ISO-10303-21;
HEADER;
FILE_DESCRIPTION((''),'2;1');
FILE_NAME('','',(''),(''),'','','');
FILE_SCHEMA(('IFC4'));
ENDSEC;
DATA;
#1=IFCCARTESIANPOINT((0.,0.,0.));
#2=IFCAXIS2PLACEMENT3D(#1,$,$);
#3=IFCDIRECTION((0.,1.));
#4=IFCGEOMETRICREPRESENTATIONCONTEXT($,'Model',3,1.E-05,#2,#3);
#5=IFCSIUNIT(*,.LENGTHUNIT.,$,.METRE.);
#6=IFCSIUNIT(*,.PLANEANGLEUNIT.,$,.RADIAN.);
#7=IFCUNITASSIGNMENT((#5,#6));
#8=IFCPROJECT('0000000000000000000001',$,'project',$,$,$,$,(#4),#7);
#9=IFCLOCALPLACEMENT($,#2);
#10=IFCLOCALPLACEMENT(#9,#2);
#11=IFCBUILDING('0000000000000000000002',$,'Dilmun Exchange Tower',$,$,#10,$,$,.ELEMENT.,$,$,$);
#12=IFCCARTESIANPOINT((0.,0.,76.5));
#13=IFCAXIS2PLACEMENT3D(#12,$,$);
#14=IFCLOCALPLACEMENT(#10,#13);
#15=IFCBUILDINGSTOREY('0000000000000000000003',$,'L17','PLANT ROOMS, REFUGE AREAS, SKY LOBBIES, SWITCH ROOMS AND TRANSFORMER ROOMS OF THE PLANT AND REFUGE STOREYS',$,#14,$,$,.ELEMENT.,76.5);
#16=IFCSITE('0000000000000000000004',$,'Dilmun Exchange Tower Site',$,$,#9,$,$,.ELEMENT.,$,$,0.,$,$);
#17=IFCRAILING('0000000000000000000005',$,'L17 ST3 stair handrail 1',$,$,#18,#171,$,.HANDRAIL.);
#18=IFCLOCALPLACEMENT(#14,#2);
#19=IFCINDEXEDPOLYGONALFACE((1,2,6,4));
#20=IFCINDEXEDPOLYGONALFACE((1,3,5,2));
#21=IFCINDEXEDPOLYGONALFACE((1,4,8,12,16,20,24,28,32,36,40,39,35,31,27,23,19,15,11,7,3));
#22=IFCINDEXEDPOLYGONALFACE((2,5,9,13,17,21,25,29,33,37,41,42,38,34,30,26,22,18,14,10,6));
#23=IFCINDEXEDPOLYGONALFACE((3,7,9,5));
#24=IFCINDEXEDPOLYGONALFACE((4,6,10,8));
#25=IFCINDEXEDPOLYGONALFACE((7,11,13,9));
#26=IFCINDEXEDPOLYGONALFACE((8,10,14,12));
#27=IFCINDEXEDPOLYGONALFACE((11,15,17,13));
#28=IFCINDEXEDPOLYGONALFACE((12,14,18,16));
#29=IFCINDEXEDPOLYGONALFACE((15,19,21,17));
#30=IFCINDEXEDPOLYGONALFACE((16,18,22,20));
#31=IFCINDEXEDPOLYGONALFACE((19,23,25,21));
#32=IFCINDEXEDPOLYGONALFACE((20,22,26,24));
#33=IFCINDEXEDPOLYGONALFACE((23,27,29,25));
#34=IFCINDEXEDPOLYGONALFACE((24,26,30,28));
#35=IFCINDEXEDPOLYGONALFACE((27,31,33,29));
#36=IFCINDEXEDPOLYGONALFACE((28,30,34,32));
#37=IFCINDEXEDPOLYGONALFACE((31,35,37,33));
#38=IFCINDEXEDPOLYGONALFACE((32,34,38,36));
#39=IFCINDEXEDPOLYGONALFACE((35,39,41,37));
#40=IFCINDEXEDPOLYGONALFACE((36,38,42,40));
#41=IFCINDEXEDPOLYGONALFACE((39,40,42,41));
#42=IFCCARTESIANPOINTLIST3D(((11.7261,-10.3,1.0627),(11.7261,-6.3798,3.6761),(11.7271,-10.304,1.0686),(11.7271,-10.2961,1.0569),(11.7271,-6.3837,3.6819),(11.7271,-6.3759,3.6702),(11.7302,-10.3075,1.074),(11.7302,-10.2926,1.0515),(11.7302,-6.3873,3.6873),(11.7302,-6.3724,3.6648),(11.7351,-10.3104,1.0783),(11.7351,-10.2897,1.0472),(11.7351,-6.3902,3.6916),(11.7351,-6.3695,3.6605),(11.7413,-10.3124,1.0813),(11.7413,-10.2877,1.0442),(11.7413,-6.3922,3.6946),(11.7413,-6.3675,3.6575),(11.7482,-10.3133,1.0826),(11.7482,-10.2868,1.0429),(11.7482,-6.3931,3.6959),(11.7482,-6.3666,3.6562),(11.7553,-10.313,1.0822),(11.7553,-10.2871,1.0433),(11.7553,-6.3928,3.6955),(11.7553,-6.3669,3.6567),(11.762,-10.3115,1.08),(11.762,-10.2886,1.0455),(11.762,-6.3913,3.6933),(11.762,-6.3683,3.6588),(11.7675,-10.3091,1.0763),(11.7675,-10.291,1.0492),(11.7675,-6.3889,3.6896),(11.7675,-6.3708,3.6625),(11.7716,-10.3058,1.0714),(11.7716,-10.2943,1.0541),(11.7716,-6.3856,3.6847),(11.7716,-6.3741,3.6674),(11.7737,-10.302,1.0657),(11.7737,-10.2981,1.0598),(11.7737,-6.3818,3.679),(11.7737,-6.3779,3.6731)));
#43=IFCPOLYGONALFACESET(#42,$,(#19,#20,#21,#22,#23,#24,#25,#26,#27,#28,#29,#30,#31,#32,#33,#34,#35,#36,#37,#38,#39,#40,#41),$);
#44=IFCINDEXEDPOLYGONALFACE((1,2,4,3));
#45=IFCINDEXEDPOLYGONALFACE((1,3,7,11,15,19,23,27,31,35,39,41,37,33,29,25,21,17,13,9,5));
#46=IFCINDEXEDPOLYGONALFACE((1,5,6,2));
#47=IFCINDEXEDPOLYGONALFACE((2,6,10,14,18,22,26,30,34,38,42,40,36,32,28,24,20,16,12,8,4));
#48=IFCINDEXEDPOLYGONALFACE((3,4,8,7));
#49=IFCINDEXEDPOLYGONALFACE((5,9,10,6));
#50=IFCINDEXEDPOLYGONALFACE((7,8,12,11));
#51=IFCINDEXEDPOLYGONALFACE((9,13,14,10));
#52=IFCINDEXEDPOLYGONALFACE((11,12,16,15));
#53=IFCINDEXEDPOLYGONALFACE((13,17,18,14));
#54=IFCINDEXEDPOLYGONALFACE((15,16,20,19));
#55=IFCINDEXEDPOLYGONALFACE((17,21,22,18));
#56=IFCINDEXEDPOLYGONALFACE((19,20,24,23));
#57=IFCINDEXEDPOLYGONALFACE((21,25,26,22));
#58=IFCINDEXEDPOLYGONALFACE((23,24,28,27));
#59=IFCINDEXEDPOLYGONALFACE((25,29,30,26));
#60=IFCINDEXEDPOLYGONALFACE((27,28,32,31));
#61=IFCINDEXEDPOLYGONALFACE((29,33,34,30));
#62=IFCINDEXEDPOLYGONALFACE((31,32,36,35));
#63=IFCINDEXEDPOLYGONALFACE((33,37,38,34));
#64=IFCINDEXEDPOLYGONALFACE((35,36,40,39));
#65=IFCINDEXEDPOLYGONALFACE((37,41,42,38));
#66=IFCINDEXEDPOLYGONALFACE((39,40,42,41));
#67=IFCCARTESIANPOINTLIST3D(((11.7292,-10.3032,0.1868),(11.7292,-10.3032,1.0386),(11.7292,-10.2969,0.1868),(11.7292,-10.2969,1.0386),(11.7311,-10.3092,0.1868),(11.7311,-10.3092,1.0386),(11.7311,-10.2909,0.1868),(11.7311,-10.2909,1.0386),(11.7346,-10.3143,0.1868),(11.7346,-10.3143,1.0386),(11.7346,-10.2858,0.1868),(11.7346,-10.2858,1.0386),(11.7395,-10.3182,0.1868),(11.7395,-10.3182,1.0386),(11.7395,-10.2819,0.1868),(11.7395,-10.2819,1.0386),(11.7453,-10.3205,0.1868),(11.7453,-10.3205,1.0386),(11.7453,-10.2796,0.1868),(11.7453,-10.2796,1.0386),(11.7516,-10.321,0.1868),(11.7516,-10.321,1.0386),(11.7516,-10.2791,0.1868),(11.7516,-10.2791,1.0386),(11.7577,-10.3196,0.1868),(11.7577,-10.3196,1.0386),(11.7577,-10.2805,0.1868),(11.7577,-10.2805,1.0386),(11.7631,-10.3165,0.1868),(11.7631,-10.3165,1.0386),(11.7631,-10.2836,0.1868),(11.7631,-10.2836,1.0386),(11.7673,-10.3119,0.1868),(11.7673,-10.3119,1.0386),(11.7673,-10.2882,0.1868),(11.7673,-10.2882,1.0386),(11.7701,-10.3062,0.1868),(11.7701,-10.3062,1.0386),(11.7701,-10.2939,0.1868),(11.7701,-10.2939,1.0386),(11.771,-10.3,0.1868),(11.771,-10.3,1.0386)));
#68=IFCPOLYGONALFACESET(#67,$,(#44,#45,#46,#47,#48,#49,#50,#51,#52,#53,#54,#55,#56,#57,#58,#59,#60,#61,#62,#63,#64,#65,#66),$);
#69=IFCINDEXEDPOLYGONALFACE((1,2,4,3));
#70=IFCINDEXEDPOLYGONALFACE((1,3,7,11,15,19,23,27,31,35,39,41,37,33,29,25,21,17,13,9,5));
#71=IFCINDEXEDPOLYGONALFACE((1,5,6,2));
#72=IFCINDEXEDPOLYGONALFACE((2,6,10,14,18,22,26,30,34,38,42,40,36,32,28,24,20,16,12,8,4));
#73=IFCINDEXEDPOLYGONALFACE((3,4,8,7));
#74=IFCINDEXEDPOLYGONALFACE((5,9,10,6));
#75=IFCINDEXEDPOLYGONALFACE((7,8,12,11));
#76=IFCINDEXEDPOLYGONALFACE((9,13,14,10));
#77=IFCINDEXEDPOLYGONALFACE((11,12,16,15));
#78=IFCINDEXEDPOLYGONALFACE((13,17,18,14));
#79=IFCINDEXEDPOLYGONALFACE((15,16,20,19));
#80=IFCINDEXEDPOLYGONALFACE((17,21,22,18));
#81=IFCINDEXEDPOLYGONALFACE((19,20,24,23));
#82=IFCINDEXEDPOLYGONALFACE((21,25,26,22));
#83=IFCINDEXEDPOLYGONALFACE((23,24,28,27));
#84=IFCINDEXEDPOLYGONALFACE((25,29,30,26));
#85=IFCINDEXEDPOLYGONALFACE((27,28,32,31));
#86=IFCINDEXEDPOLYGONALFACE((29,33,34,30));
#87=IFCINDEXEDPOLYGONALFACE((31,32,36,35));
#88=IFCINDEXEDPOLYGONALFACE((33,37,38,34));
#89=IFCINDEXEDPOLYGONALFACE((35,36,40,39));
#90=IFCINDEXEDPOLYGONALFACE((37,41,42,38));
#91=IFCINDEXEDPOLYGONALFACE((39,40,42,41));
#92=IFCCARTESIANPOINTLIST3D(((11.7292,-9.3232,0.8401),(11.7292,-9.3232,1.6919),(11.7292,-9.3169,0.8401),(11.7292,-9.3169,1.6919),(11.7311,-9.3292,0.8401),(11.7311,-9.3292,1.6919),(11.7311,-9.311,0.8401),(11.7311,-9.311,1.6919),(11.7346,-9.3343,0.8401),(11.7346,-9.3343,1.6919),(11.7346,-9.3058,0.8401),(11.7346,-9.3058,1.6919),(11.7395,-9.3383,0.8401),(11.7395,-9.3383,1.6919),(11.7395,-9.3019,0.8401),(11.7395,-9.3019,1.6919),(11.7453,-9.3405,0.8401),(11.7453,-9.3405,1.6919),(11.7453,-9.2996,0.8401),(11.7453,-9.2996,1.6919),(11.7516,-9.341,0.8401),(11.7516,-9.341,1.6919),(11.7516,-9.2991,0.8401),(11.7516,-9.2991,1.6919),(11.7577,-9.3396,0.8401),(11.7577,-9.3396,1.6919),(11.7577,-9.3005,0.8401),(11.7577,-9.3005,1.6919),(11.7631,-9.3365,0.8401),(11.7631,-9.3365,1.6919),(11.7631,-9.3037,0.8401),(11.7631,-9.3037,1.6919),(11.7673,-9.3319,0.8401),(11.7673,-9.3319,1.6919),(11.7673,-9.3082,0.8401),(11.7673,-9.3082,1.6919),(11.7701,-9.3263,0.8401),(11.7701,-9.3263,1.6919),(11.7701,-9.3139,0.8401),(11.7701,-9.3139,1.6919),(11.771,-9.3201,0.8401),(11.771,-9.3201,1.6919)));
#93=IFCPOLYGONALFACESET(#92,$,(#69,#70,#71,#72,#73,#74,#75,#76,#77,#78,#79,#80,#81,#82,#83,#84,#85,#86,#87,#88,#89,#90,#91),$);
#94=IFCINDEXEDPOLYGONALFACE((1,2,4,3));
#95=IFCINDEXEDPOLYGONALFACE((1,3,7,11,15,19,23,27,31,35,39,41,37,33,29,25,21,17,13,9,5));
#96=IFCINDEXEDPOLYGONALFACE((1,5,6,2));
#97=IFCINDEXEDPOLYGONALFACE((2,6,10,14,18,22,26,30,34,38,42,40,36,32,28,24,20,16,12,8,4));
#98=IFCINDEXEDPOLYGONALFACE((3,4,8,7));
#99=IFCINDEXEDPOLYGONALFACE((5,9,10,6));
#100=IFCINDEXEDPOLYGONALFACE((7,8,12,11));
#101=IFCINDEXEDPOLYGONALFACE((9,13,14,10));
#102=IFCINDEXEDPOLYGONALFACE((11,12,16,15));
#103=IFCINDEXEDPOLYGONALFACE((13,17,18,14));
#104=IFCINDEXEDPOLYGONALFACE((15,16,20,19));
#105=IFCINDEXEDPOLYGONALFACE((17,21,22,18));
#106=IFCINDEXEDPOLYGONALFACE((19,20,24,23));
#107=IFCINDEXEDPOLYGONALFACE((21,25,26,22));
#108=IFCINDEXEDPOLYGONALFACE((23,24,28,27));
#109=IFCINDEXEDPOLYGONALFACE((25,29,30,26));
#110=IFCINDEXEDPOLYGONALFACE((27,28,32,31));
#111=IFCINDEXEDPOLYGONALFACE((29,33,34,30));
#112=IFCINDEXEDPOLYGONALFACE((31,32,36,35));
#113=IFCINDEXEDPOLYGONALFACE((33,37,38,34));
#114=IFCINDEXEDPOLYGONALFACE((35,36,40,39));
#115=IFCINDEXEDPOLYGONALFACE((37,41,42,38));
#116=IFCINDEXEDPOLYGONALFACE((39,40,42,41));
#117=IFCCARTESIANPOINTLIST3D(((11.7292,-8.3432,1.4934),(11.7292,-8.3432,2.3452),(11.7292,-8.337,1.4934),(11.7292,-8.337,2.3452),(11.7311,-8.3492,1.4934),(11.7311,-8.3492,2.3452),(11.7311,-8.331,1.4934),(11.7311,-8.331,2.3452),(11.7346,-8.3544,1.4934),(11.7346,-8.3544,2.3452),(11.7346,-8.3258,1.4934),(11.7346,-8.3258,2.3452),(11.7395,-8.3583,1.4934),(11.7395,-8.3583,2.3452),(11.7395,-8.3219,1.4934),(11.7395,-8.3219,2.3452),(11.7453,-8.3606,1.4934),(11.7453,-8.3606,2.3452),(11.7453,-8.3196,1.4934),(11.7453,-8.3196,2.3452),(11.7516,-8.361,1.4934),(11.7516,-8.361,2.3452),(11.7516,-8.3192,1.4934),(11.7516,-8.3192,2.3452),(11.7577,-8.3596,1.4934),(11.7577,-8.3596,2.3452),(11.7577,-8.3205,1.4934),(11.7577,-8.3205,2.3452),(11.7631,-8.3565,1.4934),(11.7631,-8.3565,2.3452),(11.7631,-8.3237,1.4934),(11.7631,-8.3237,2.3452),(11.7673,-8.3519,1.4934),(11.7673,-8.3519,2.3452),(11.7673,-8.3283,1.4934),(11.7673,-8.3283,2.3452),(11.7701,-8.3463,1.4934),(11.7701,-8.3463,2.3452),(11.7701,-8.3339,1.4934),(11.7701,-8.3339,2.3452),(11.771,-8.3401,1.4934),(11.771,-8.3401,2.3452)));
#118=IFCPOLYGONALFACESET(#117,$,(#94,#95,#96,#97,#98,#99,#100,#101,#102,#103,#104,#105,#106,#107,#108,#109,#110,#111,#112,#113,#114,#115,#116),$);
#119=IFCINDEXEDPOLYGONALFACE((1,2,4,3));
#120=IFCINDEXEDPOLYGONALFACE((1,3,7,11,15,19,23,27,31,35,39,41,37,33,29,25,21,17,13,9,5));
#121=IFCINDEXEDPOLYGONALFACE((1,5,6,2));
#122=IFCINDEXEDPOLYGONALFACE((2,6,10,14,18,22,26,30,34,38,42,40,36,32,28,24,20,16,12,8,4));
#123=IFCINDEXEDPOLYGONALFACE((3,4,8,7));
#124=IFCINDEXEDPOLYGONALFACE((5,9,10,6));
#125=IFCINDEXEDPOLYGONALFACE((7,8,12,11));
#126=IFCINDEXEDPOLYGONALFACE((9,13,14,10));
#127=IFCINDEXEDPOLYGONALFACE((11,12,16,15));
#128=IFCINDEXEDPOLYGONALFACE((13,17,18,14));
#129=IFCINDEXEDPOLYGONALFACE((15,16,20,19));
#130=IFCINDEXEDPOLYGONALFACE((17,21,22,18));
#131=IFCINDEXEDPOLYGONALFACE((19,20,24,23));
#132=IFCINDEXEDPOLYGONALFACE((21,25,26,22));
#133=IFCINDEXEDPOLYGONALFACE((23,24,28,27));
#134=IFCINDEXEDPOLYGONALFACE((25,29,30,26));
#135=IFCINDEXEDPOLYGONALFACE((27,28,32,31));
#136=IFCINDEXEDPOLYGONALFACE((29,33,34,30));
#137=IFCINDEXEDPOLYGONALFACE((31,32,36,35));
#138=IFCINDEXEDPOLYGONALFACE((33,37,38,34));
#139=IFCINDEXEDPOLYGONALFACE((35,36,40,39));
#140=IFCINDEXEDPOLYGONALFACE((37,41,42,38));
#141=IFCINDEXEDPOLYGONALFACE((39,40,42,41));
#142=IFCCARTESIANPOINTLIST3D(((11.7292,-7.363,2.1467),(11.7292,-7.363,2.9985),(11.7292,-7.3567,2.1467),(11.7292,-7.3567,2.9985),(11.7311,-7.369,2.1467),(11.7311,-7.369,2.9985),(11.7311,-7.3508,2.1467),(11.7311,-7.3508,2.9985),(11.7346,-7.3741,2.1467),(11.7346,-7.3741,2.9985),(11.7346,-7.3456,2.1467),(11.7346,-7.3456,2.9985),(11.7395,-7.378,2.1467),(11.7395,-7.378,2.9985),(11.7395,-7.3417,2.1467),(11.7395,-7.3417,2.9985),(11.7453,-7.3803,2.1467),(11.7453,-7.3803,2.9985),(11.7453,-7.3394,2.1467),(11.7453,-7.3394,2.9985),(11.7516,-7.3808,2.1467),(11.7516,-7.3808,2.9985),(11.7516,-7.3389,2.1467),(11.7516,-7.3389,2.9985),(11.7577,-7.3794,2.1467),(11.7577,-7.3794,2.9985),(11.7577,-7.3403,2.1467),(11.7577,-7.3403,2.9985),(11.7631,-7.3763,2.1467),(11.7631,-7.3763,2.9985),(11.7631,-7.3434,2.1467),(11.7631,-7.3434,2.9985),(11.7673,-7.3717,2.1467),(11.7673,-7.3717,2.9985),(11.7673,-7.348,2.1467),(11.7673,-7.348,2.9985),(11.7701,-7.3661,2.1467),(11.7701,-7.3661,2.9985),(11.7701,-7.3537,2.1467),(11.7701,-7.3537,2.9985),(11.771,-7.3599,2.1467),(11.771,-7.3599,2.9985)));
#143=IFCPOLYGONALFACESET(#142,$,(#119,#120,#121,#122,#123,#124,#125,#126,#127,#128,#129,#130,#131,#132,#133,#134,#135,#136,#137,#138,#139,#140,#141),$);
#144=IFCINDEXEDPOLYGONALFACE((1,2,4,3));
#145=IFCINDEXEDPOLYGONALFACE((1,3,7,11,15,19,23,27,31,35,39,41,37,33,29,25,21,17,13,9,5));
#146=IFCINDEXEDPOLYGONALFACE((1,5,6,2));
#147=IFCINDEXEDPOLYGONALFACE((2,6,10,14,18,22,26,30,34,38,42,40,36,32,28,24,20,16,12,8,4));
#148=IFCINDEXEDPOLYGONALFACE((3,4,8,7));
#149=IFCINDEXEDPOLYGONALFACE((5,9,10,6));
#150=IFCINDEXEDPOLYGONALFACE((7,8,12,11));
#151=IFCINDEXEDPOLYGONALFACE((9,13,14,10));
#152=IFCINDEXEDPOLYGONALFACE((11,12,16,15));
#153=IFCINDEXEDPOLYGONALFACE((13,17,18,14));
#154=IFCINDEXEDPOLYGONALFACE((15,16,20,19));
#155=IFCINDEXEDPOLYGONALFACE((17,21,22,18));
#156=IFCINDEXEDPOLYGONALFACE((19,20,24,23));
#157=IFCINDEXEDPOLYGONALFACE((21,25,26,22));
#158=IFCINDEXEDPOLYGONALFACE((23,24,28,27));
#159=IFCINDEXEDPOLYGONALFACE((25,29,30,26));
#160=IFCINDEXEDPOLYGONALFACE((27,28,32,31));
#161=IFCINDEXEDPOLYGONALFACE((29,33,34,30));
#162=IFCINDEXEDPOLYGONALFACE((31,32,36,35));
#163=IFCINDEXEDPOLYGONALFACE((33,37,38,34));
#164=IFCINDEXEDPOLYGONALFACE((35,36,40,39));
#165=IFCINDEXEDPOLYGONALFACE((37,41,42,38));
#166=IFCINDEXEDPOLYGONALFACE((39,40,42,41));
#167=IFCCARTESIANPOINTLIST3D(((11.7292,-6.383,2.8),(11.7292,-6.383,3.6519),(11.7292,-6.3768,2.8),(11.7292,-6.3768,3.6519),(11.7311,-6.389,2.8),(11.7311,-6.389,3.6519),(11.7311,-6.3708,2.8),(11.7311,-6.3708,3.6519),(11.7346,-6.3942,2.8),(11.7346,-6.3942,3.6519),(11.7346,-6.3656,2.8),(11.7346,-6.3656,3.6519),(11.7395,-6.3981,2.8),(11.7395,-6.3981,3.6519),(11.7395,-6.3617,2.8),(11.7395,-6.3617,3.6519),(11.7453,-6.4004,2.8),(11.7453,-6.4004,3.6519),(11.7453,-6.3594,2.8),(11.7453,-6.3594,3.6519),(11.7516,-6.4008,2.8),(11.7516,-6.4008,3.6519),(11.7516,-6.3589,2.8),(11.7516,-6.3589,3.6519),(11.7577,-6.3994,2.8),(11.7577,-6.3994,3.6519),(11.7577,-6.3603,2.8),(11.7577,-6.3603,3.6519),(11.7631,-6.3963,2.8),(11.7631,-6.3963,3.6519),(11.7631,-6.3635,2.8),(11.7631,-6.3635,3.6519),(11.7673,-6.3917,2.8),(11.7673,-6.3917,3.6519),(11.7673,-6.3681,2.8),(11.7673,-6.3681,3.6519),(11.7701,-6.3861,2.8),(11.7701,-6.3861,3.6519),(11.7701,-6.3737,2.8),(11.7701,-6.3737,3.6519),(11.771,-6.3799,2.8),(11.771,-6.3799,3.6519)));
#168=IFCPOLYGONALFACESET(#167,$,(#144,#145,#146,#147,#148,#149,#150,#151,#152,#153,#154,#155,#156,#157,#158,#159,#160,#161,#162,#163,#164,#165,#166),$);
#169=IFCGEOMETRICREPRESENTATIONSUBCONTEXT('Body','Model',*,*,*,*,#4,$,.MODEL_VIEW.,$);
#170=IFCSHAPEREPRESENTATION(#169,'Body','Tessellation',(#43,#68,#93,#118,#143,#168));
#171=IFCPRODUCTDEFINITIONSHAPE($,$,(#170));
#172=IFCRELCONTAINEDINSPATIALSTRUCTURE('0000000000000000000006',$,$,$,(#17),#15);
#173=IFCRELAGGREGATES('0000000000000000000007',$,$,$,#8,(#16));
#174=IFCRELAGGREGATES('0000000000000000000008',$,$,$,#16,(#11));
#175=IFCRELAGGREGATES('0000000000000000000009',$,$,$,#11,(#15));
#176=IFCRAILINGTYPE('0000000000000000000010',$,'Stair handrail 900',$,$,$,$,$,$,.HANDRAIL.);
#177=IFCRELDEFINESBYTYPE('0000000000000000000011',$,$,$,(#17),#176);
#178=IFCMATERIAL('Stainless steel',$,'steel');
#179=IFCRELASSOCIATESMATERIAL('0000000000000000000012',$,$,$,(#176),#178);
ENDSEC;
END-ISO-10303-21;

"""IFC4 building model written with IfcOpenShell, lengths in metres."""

from ifc_helpers import new_model, si_unit, direction, frame, origin, origin_2d, place, context, subcontext, project, spatial, circle, extrude, material, type_object, element, save


model = new_model("IFC4")

# Units and contexts
model_context = context("Model", 3, precision=1e-05, world=origin(), true_north=direction((0.0, 1.0)))
body_context = subcontext(model_context, "Body", "Model", "MODEL_VIEW")
ifc_project = project(units=[si_unit("LENGTHUNIT", "METRE"), si_unit("PLANEANGLEUNIT", "RADIAN")], contexts=[model_context])

# Site, building, storey
site_placement = place(None, origin())
site = spatial("IfcSite", under=ifc_project, at=site_placement, Name="Dilmun Exchange Tower Site", CompositionType="ELEMENT", RefElevation=0.0)
building_placement = place(site_placement, origin())
building = spatial("IfcBuilding", under=site, at=building_placement, Name="Dilmun Exchange Tower", CompositionType="ELEMENT")
storey_placement = place(building_placement, frame((0.0, 0.0, 76.5)))
storey = spatial("IfcBuildingStorey", under=building, at=storey_placement, Name="L17", Description="PLANT ROOMS, REFUGE AREAS, SKY LOBBIES, SWITCH ROOMS AND TRANSFORMER ROOMS OF THE PLANT AND REFUGE STOREYS", CompositionType="ELEMENT", Elevation=76.5)

# Railing
ifc_material_1 = material(Name="Stainless steel", Category="steel")
railing_type = type_object("IfcRailingType", Name="Stair handrail 900", PredefinedType="HANDRAIL", material=ifc_material_1)
railing_placement = place(storey_placement, frame((11.75, -10.3, 0.1868)))
element("IfcRailing", 1, at=railing_placement, inside=storey, type_object=railing_type, Name="L17 ST3 stair handrail 1", PredefinedType="HANDRAIL", context=body_context, shape_type="SweptSolid", body=[
    extrude(circle(Radius=0.0239, at=origin_2d()), frame((0.0, 0.0, 0.876), z_axis=(0.0, 0.832066, 0.554676), x_axis=(-1.0, 0.0, 0.0)), (0.0, 0.0, 1.0), 4.7114),
    extrude(circle(Radius=0.021, at=origin_2d()), origin(), (0.0, 0.0, 1.0), 0.8518),
    extrude(circle(Radius=0.021, at=origin_2d()), frame((0.0, 0.98, 0.6533)), (0.0, 0.0, 1.0), 0.8518),
    extrude(circle(Radius=0.021, at=origin_2d()), frame((0.0, 1.96, 1.3066)), (0.0, 0.0, 1.0), 0.8518),
    extrude(circle(Radius=0.021, at=origin_2d()), frame((0.0, 2.9402, 1.96)), (0.0, 0.0, 1.0), 0.8518),
    extrude(circle(Radius=0.021, at=origin_2d()), frame((0.0, 3.9202, 2.6133)), (0.0, 0.0, 1.0), 0.8518),
])

save(model, "model.ifc")
